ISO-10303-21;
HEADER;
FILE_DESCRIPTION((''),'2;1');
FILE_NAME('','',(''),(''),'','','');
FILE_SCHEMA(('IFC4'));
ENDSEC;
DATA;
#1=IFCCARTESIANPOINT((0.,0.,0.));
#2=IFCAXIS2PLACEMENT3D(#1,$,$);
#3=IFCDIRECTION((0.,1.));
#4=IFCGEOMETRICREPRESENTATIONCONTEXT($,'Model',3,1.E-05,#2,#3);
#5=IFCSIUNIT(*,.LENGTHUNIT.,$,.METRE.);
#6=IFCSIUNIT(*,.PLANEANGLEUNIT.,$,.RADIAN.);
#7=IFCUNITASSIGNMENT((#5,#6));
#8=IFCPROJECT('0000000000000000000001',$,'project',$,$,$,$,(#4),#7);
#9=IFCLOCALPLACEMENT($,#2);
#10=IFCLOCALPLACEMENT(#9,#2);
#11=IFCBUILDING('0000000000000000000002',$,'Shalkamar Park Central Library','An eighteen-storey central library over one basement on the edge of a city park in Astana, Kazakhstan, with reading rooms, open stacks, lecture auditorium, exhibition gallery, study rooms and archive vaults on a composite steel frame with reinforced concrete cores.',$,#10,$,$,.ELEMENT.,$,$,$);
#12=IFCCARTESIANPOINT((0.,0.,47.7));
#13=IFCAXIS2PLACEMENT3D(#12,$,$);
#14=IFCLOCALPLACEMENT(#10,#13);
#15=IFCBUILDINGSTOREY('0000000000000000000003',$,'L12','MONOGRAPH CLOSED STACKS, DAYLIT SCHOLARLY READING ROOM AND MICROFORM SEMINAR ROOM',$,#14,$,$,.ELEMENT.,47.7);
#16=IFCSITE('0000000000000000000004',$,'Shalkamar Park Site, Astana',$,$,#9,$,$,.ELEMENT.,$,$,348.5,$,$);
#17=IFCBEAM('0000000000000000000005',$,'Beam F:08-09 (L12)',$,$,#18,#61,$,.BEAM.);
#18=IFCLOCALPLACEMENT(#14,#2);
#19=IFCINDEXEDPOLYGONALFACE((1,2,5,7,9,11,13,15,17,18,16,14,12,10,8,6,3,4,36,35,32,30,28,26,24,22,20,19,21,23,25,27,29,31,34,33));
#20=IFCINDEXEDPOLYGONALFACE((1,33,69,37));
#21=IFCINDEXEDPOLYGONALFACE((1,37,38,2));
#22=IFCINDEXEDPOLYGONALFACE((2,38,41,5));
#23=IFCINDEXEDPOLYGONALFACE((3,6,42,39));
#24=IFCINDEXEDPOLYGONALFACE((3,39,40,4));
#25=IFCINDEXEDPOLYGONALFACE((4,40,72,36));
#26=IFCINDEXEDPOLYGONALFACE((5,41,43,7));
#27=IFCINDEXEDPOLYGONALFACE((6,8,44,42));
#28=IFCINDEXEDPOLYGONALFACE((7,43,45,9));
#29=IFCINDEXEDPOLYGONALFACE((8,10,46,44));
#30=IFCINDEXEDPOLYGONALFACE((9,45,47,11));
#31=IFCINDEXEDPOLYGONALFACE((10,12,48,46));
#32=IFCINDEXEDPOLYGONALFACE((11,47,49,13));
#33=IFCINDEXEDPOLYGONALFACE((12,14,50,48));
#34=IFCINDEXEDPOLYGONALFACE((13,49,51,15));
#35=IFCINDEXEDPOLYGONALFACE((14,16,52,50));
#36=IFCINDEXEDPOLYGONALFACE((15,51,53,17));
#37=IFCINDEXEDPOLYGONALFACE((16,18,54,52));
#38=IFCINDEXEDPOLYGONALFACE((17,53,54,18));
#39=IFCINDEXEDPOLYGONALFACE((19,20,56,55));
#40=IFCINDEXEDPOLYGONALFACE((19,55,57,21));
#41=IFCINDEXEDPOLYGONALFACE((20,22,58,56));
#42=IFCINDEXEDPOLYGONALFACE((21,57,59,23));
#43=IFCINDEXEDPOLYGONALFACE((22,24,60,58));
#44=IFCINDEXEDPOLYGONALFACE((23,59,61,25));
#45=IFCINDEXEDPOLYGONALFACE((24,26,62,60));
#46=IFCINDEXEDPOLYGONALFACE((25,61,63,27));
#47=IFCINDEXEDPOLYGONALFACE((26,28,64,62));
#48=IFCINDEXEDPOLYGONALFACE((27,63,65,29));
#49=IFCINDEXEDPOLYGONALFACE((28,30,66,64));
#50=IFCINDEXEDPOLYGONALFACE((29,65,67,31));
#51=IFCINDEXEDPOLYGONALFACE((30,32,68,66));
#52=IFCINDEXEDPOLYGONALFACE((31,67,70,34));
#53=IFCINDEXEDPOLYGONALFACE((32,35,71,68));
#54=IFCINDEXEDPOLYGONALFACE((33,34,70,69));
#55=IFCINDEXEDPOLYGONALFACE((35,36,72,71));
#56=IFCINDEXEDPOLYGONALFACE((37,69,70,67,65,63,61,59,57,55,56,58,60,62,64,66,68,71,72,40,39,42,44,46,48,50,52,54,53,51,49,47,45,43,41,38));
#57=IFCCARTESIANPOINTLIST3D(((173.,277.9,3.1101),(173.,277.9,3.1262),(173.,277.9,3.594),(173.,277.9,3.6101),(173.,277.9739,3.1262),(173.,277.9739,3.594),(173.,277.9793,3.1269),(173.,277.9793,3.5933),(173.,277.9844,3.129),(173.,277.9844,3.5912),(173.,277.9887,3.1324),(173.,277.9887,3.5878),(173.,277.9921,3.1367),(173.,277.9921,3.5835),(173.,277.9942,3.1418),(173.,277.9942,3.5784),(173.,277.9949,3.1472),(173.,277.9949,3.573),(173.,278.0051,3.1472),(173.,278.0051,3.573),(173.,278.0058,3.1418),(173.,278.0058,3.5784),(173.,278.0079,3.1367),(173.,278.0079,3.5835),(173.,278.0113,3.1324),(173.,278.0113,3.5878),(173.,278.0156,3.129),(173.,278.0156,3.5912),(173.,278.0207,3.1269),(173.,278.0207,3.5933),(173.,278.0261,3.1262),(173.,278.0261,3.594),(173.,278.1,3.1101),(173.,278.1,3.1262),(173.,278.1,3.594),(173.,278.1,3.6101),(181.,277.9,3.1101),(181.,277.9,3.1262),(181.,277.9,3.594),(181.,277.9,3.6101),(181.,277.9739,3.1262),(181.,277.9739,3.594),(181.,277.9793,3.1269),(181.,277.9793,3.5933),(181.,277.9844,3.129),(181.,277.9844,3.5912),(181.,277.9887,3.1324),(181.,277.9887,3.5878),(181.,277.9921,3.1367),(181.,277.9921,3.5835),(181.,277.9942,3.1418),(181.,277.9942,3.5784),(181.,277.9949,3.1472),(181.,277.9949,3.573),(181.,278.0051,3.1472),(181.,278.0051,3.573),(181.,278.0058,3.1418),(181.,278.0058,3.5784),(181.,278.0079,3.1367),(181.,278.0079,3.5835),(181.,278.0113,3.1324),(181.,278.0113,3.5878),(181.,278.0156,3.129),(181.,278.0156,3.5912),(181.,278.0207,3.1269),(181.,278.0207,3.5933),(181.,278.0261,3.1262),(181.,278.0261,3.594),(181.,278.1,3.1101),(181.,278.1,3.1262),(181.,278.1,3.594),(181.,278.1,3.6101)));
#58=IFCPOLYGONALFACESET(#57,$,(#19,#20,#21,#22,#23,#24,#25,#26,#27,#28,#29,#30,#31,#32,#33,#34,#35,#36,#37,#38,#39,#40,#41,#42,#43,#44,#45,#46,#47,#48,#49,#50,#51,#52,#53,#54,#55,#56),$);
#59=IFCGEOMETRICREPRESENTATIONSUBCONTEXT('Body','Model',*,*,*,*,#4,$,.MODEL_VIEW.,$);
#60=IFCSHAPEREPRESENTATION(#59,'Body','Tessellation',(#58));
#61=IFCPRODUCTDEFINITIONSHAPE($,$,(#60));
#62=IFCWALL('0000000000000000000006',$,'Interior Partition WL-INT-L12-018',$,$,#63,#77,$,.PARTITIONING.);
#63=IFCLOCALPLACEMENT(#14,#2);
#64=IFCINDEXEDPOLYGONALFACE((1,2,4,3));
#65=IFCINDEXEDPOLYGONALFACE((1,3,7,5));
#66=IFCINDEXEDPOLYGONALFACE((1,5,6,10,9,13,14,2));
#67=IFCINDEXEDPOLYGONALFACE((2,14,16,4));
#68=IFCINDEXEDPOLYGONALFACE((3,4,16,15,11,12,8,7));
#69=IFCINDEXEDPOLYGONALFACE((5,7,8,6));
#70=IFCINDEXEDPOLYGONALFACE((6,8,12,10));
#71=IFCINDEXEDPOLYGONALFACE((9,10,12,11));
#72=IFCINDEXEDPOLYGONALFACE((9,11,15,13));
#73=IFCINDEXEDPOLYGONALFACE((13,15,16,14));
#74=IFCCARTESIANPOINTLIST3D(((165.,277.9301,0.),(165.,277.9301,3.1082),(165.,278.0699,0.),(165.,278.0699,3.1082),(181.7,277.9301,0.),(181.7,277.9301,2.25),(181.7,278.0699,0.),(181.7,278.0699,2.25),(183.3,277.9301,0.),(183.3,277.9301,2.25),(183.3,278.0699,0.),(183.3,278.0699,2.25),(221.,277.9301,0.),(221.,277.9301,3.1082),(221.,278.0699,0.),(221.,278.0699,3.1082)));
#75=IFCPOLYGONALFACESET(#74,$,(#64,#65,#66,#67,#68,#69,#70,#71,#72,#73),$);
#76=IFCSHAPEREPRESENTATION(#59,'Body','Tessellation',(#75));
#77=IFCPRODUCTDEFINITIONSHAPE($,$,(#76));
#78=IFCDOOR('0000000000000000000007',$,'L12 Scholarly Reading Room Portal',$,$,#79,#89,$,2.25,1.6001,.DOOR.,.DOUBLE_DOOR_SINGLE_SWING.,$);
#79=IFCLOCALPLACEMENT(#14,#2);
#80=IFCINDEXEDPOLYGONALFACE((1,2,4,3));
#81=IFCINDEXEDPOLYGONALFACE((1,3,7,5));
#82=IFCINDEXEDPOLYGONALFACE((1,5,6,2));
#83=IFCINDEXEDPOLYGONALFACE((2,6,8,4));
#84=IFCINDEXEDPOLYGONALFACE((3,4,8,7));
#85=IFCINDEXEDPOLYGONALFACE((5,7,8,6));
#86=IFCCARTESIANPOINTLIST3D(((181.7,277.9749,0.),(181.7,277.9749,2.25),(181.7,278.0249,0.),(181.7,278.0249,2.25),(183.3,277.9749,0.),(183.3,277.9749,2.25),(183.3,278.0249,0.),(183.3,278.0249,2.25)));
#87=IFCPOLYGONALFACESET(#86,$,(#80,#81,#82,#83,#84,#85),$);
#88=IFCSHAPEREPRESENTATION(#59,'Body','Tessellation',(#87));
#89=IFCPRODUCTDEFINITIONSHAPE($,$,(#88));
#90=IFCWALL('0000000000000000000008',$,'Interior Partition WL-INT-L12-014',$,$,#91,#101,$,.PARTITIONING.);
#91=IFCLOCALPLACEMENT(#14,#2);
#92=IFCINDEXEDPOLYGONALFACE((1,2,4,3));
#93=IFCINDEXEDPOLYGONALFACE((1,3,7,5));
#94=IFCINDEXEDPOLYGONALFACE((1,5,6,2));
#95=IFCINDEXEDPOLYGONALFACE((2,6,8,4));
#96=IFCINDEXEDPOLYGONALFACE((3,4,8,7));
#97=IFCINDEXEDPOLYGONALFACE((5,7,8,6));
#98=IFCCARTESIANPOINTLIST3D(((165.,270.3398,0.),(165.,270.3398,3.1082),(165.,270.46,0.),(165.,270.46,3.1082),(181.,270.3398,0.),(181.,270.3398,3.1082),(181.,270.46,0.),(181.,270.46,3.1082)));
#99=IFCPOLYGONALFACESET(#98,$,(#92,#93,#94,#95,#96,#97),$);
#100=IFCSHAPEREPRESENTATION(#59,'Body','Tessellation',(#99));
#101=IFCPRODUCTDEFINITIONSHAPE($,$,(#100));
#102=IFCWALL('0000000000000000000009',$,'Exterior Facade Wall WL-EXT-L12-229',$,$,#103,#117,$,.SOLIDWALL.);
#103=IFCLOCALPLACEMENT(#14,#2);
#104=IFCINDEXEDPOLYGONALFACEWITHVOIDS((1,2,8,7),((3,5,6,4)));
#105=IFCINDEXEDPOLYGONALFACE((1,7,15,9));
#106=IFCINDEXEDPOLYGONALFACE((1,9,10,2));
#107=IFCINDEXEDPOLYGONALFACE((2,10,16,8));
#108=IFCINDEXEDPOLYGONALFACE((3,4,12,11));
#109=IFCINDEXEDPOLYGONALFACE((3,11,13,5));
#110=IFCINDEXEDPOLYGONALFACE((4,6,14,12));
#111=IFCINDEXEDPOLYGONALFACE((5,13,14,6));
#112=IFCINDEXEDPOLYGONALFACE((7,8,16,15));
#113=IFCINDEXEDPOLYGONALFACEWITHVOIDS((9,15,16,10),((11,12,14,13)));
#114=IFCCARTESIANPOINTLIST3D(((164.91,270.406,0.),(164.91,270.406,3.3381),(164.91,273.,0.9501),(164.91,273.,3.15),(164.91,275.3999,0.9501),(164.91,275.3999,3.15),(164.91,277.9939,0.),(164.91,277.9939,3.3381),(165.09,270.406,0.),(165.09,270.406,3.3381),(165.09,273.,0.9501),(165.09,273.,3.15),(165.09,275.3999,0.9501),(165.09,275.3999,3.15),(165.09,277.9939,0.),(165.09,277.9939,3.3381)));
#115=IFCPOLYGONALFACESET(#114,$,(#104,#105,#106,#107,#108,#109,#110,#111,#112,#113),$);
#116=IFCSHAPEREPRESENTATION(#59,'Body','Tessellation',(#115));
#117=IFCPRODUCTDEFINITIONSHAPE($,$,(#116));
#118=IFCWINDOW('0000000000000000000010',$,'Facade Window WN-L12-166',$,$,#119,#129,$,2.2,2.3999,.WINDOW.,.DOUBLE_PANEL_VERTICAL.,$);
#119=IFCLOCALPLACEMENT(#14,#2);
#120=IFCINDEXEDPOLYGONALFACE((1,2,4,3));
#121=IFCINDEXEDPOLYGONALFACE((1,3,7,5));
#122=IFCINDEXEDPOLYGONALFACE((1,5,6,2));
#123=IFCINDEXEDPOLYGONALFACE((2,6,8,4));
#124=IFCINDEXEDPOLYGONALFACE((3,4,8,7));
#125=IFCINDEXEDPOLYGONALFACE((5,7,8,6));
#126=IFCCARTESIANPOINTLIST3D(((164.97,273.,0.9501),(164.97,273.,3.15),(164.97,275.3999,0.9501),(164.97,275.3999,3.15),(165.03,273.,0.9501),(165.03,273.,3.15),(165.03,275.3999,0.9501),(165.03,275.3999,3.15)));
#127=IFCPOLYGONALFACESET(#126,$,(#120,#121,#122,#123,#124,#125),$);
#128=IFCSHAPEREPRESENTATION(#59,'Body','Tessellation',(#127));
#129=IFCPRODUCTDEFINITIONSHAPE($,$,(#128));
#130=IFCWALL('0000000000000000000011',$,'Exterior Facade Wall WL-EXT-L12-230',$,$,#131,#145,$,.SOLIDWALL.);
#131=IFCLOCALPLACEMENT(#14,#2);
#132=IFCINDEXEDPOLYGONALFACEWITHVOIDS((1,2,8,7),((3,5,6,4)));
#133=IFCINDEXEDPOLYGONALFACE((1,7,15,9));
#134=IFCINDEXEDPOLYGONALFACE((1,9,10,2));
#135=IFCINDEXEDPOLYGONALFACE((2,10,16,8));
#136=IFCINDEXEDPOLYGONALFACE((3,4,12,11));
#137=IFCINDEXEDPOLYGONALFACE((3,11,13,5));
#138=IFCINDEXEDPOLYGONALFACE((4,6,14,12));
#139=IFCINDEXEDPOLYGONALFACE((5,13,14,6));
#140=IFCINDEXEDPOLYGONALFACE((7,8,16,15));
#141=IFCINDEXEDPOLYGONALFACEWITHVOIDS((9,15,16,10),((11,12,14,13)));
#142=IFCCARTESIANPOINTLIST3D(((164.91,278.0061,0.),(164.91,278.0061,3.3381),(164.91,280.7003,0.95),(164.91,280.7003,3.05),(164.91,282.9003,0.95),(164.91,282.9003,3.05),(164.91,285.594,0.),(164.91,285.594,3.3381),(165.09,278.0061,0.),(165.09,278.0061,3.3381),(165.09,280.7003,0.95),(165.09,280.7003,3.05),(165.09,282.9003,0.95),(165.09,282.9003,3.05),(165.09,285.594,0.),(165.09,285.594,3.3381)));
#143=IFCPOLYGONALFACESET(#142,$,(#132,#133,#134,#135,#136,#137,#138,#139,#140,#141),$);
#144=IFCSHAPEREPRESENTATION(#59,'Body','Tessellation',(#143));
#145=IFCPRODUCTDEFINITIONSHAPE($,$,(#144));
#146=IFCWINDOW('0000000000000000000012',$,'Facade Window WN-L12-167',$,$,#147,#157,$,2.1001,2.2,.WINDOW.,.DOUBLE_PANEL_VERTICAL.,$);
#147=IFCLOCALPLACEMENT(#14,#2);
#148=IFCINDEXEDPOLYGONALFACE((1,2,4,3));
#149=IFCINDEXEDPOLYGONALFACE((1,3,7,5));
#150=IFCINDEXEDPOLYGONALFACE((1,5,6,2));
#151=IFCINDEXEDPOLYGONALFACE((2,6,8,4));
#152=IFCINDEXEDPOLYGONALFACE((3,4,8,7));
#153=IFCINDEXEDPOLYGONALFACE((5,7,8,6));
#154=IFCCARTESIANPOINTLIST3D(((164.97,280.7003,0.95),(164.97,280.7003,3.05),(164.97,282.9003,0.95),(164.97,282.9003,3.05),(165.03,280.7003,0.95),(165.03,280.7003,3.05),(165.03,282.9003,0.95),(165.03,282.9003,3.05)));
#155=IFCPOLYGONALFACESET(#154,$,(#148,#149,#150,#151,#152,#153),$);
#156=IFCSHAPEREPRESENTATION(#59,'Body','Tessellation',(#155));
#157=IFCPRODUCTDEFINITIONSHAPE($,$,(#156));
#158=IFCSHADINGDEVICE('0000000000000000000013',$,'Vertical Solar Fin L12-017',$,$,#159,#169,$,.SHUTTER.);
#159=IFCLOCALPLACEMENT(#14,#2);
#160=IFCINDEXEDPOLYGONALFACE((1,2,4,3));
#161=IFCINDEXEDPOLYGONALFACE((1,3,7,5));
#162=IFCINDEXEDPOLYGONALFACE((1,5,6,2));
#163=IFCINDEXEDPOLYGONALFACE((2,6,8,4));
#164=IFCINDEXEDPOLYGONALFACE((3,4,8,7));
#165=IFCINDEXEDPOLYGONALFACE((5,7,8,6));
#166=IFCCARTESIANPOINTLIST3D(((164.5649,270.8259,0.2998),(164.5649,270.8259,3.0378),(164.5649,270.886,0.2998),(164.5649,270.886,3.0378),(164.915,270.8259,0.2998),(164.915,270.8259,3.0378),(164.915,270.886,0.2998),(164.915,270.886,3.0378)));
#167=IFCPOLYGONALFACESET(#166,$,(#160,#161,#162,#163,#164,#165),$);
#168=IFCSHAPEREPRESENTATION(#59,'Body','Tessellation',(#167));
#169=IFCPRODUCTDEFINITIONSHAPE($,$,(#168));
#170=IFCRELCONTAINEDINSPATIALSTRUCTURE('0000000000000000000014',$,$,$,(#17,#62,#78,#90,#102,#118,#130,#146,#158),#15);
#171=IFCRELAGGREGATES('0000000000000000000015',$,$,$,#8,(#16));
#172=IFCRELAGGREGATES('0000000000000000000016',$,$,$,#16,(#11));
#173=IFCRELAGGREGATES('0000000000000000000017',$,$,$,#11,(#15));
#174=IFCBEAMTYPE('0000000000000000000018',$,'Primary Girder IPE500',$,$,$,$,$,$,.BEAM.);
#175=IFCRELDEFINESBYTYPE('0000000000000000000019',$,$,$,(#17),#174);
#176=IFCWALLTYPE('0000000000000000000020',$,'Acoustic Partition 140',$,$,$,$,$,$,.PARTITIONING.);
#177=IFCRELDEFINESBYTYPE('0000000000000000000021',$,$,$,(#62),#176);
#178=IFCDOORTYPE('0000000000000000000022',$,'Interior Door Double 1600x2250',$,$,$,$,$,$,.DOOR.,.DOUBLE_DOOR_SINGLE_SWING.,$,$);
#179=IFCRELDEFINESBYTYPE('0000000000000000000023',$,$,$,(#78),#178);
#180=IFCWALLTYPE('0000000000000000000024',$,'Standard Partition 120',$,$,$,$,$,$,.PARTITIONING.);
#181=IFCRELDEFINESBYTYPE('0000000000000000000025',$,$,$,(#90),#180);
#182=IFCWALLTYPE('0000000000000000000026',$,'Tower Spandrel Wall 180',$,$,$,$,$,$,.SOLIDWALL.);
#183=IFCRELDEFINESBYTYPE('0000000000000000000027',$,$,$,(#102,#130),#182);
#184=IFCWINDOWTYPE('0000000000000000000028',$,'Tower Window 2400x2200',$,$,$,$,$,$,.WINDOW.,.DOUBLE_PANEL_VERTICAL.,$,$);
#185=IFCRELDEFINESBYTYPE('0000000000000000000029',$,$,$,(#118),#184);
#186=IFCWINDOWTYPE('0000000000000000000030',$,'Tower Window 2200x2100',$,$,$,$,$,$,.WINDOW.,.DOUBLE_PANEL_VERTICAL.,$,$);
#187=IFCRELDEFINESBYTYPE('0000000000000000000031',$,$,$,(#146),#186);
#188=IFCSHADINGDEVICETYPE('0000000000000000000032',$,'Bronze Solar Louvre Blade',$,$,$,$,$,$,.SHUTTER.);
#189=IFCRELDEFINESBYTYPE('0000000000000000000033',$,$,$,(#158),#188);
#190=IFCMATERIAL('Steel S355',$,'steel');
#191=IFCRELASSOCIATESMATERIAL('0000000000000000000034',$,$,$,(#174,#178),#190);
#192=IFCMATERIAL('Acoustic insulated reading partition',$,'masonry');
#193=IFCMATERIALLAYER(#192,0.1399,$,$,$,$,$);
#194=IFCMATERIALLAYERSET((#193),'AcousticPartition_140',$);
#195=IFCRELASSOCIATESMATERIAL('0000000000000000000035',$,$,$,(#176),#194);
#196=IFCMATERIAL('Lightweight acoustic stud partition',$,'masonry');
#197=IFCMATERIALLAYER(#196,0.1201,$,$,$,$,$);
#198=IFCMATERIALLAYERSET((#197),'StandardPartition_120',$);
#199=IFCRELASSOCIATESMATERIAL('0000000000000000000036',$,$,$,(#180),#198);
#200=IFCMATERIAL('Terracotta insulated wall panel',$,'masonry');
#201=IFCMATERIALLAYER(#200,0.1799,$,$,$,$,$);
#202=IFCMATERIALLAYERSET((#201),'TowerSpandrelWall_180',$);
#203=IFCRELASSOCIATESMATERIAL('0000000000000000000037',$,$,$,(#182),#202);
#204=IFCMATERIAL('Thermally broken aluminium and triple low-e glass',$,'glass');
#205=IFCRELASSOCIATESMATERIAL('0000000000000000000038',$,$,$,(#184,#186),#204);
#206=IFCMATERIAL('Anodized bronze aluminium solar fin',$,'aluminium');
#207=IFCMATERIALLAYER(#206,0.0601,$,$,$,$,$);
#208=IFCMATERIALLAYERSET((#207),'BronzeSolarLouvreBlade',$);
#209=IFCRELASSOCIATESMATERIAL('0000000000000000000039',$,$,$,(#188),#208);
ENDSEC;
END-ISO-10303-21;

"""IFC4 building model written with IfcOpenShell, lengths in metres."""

from ifc_helpers import new_model, si_unit, direction, frame, frame_2d, origin, origin_2d, place, context, subcontext, project, spatial, rectangle, i_section, extrude, material, layer, layer_set, material_profile, profile_set, type_object, element, fill, save


model = new_model("IFC4")

# Units and contexts
model_context = context("Model", 3, precision=1e-05, world=origin(), true_north=direction((0.0, 1.0)))
body_context = subcontext(model_context, "Body", "Model", "MODEL_VIEW")
ifc_project = project(units=[si_unit("LENGTHUNIT", "METRE"), si_unit("PLANEANGLEUNIT", "RADIAN")], contexts=[model_context])

# Site, building, storey
site_placement = place(None, origin())
site = spatial("IfcSite", under=ifc_project, at=site_placement, Name="Shalkamar Park Site, Astana", CompositionType="ELEMENT", RefElevation=348.5)
building_placement = place(site_placement, origin())
building = spatial("IfcBuilding", under=site, at=building_placement, Name="Shalkamar Park Central Library", Description="An eighteen-storey central library over one basement on the edge of a city park in Astana, Kazakhstan, with reading rooms, open stacks, lecture auditorium, exhibition gallery, study rooms and archive vaults on a composite steel frame with reinforced concrete cores.", CompositionType="ELEMENT")
storey_placement = place(building_placement, frame((0.0, 0.0, 47.7)))
storey = spatial("IfcBuildingStorey", under=building, at=storey_placement, Name="L12", Description="MONOGRAPH CLOSED STACKS, DAYLIT SCHOLARLY READING ROOM AND MICROFORM SEMINAR ROOM", CompositionType="ELEMENT", Elevation=47.7)

# Shared definitions
ifc_material_1 = material(Name="Steel S355", Category="steel")

# Beam
ifc_material_profile_1 = material_profile(ifc_material_1, i_section(OverallWidth=0.2, OverallDepth=0.5, WebThickness=0.0103, FlangeThickness=0.0161, FilletRadius=0.021, at=origin_2d()), Name="IPE 500")
ifc_profile_set_1 = profile_set([ifc_material_profile_1], Name="Steel S355")
beam_type_1 = type_object("IfcBeamType", Name="Primary Girder IPE500", PredefinedType="BEAM", material=ifc_profile_set_1)
for number, where, z_axis, x_axis, name in (
    (1, (173.0, 278.0, 3.3601), (1.0, 0.0, 0.0), (0.0, 1.0, 0.0), "Beam F:08-09 (L12)"),
):
    element("IfcBeam", number, at=place(storey_placement, frame(where, z_axis=z_axis, x_axis=x_axis)), inside=storey, type_object=beam_type_1, Name=name, PredefinedType="BEAM", context=body_context, shape_type="SweptSolid", body=[
        extrude(i_section(OverallWidth=0.2, OverallDepth=0.5, WebThickness=0.0103, FlangeThickness=0.0161, FilletRadius=0.021, at=origin_2d()), origin(), (0.0, 0.0, 1.0), 8.0),
    ])

# Wall, opening, door
ifc_material_2 = material(Name="Acoustic insulated reading partition", Category="masonry")
ifc_layer_1 = layer(ifc_material_2, 0.1399)
ifc_layer_set_1 = layer_set([ifc_layer_1], Name="AcousticPartition_140")
wall_type_1 = type_object("IfcWallType", Name="Acoustic Partition 140", PredefinedType="PARTITIONING", material=ifc_layer_set_1)
wall_1_placement = place(storey_placement, frame((165.0, 278.0, 0.0), z_axis=(0.0, 0.0, 1.0), x_axis=(1.0, 0.0, 0.0)))
wall_1 = element("IfcWall", 2, at=wall_1_placement, inside=storey, type_object=wall_type_1, Name="Interior Partition WL-INT-L12-018", PredefinedType="PARTITIONING", context=body_context, shape_type="SweptSolid", body=[
    extrude(rectangle(XDim=56.0, YDim=0.1399, at=frame_2d((28.0, 0.0))), origin(), (0.0, 0.0, 1.0), 3.1082),
])
opening_1_placement = place(wall_1_placement, frame((16.7, 0.0, 0.0)))
opening_1 = element("IfcOpeningElement", 3, at=opening_1_placement, cuts=wall_1, PredefinedType="OPENING", context=body_context, shape_type="SweptSolid", body=[
    extrude(rectangle(XDim=1.6001, YDim=2.25, at=frame_2d((0.8, 1.125))), frame((0.0, 0.085, 0.0), z_axis=(0.0, -1.0, 0.0), x_axis=(1.0, 0.0, 0.0)), (0.0, 0.0, 1.0), 0.1697),
])
door_type = type_object("IfcDoorType", Name="Interior Door Double 1600x2250", OperationType="DOUBLE_DOOR_SINGLE_SWING", PredefinedType="DOOR", material=ifc_material_1)
door_placement = place(opening_1_placement, origin())
door = element("IfcDoor", 4, at=door_placement, inside=storey, type_object=door_type, Name="L12 Scholarly Reading Room Portal", OperationType="DOUBLE_DOOR_SINGLE_SWING", OverallHeight=2.25, OverallWidth=1.6001, PredefinedType="DOOR", context=body_context, shape_type="SweptSolid", body=[
    extrude(rectangle(XDim=1.6001, YDim=2.25, at=frame_2d((0.8, 1.125))), frame((0.0, 0.0249, 0.0), z_axis=(0.0, -1.0, 0.0), x_axis=(1.0, 0.0, 0.0)), (0.0, 0.0, 1.0), 0.05),
])
fill(opening_1, door)

# Wall
ifc_material_3 = material(Name="Lightweight acoustic stud partition", Category="masonry")
ifc_layer_2 = layer(ifc_material_3, 0.1201)
ifc_layer_set_2 = layer_set([ifc_layer_2], Name="StandardPartition_120")
wall_type_2 = type_object("IfcWallType", Name="Standard Partition 120", PredefinedType="PARTITIONING", material=ifc_layer_set_2)
wall_2_placement = place(storey_placement, frame((165.0, 270.3999, 0.0), z_axis=(0.0, 0.0, 1.0), x_axis=(1.0, 0.0, 0.0)))
element("IfcWall", 5, at=wall_2_placement, inside=storey, type_object=wall_type_2, Name="Interior Partition WL-INT-L12-014", PredefinedType="PARTITIONING", context=body_context, shape_type="SweptSolid", body=[
    extrude(rectangle(XDim=16.0, YDim=0.1201, at=frame_2d((8.0, 0.0))), origin(), (0.0, 0.0, 1.0), 3.1082),
])

# Walls, openings, windows
ifc_material_4 = material(Name="Terracotta insulated wall panel", Category="masonry")
ifc_layer_3 = layer(ifc_material_4, 0.1799)
ifc_layer_set_3 = layer_set([ifc_layer_3], Name="TowerSpandrelWall_180")
wall_type_3 = type_object("IfcWallType", Name="Tower Spandrel Wall 180", PredefinedType="SOLIDWALL", material=ifc_layer_set_3)
wall_3_placement = place(storey_placement, frame((165.0, 270.406, 0.0), z_axis=(0.0, 0.0, 1.0), x_axis=(0.0, 1.0, 0.0)))
wall_3 = element("IfcWall", 6, at=wall_3_placement, inside=storey, type_object=wall_type_3, Name="Exterior Facade Wall WL-EXT-L12-229", PredefinedType="SOLIDWALL", context=body_context, shape_type="SweptSolid", body=[
    extrude(rectangle(XDim=7.5879, YDim=0.1799, at=frame_2d((3.7939, 0.0))), origin(), (0.0, 0.0, 1.0), 3.3381),
])
opening_2_placement = place(wall_3_placement, frame((2.594, 0.0, 0.95)))
opening_2 = element("IfcOpeningElement", 7, at=opening_2_placement, cuts=wall_3, PredefinedType="OPENING", context=body_context, shape_type="SweptSolid", body=[
    extrude(rectangle(XDim=2.3999, YDim=2.2, at=frame_2d((1.2, 1.1001))), frame((0.0, 0.105, 0.0), z_axis=(0.0, -1.0, 0.0), x_axis=(1.0, 0.0, 0.0)), (0.0, 0.0, 1.0), 0.2097),
])
ifc_material_5 = material(Name="Thermally broken aluminium and triple low-e glass", Category="glass")
window_type_1 = type_object("IfcWindowType", Name="Tower Window 2400x2200", PartitioningType="DOUBLE_PANEL_VERTICAL", PredefinedType="WINDOW", material=ifc_material_5)
window_1_placement = place(opening_2_placement, origin())
window_1 = element("IfcWindow", 8, at=window_1_placement, inside=storey, type_object=window_type_1, Name="Facade Window WN-L12-166", OverallHeight=2.2, OverallWidth=2.3999, PartitioningType="DOUBLE_PANEL_VERTICAL", PredefinedType="WINDOW", context=body_context, shape_type="SweptSolid", body=[
    extrude(rectangle(XDim=2.3999, YDim=2.2, at=frame_2d((1.2, 1.1001))), frame((0.0, 0.03, 0.0), z_axis=(0.0, -1.0, 0.0), x_axis=(1.0, 0.0, 0.0)), (0.0, 0.0, 1.0), 0.0601),
])
fill(opening_2, window_1)
wall_4_placement = place(storey_placement, frame((165.0, 278.0061, 0.0), z_axis=(0.0, 0.0, 1.0), x_axis=(0.0, 1.0, 0.0)))
wall_4 = element("IfcWall", 9, at=wall_4_placement, inside=storey, type_object=wall_type_3, Name="Exterior Facade Wall WL-EXT-L12-230", PredefinedType="SOLIDWALL", context=body_context, shape_type="SweptSolid", body=[
    extrude(rectangle(XDim=7.5879, YDim=0.1799, at=frame_2d((3.7939, 0.0))), origin(), (0.0, 0.0, 1.0), 3.3381),
])
opening_3_placement = place(wall_4_placement, frame((2.6941, 0.0, 0.95)))
opening_3 = element("IfcOpeningElement", 10, at=opening_3_placement, cuts=wall_4, PredefinedType="OPENING", context=body_context, shape_type="SweptSolid", body=[
    extrude(rectangle(XDim=2.2, YDim=2.1001, at=frame_2d((1.1001, 1.05))), frame((0.0, 0.105, 0.0), z_axis=(0.0, -1.0, 0.0), x_axis=(1.0, 0.0, 0.0)), (0.0, 0.0, 1.0), 0.2097),
])
window_type_2 = type_object("IfcWindowType", Name="Tower Window 2200x2100", PartitioningType="DOUBLE_PANEL_VERTICAL", PredefinedType="WINDOW", material=ifc_material_5)
window_2_placement = place(opening_3_placement, origin())
window_2 = element("IfcWindow", 11, at=window_2_placement, inside=storey, type_object=window_type_2, Name="Facade Window WN-L12-167", OverallHeight=2.1001, OverallWidth=2.2, PartitioningType="DOUBLE_PANEL_VERTICAL", PredefinedType="WINDOW", context=body_context, shape_type="SweptSolid", body=[
    extrude(rectangle(XDim=2.2, YDim=2.1001, at=frame_2d((1.1001, 1.05))), frame((0.0, 0.03, 0.0), z_axis=(0.0, -1.0, 0.0), x_axis=(1.0, 0.0, 0.0)), (0.0, 0.0, 1.0), 0.0601),
])
fill(opening_3, window_2)

# Shading device
ifc_material_6 = material(Name="Anodized bronze aluminium solar fin", Category="aluminium")
ifc_layer_4 = layer(ifc_material_6, 0.0601)
ifc_layer_set_4 = layer_set([ifc_layer_4], Name="BronzeSolarLouvreBlade")
shading_device_type = type_object("IfcShadingDeviceType", Name="Bronze Solar Louvre Blade", PredefinedType="SHUTTER", material=ifc_layer_set_4)
shading_device_placement = place(storey_placement, frame((164.74, 270.856, 0.2998), z_axis=(0.0, 0.0, 1.0), x_axis=(1.0, 0.0, 0.0)))
element("IfcShadingDevice", 12, at=shading_device_placement, inside=storey, type_object=shading_device_type, Name="Vertical Solar Fin L12-017", PredefinedType="SHUTTER", context=body_context, shape_type="SweptSolid", body=[
    extrude(rectangle(XDim=0.3501, YDim=0.0601, at=origin_2d()), origin(), (0.0, 0.0, 1.0), 2.738),
])

save(model, "model.ifc")
